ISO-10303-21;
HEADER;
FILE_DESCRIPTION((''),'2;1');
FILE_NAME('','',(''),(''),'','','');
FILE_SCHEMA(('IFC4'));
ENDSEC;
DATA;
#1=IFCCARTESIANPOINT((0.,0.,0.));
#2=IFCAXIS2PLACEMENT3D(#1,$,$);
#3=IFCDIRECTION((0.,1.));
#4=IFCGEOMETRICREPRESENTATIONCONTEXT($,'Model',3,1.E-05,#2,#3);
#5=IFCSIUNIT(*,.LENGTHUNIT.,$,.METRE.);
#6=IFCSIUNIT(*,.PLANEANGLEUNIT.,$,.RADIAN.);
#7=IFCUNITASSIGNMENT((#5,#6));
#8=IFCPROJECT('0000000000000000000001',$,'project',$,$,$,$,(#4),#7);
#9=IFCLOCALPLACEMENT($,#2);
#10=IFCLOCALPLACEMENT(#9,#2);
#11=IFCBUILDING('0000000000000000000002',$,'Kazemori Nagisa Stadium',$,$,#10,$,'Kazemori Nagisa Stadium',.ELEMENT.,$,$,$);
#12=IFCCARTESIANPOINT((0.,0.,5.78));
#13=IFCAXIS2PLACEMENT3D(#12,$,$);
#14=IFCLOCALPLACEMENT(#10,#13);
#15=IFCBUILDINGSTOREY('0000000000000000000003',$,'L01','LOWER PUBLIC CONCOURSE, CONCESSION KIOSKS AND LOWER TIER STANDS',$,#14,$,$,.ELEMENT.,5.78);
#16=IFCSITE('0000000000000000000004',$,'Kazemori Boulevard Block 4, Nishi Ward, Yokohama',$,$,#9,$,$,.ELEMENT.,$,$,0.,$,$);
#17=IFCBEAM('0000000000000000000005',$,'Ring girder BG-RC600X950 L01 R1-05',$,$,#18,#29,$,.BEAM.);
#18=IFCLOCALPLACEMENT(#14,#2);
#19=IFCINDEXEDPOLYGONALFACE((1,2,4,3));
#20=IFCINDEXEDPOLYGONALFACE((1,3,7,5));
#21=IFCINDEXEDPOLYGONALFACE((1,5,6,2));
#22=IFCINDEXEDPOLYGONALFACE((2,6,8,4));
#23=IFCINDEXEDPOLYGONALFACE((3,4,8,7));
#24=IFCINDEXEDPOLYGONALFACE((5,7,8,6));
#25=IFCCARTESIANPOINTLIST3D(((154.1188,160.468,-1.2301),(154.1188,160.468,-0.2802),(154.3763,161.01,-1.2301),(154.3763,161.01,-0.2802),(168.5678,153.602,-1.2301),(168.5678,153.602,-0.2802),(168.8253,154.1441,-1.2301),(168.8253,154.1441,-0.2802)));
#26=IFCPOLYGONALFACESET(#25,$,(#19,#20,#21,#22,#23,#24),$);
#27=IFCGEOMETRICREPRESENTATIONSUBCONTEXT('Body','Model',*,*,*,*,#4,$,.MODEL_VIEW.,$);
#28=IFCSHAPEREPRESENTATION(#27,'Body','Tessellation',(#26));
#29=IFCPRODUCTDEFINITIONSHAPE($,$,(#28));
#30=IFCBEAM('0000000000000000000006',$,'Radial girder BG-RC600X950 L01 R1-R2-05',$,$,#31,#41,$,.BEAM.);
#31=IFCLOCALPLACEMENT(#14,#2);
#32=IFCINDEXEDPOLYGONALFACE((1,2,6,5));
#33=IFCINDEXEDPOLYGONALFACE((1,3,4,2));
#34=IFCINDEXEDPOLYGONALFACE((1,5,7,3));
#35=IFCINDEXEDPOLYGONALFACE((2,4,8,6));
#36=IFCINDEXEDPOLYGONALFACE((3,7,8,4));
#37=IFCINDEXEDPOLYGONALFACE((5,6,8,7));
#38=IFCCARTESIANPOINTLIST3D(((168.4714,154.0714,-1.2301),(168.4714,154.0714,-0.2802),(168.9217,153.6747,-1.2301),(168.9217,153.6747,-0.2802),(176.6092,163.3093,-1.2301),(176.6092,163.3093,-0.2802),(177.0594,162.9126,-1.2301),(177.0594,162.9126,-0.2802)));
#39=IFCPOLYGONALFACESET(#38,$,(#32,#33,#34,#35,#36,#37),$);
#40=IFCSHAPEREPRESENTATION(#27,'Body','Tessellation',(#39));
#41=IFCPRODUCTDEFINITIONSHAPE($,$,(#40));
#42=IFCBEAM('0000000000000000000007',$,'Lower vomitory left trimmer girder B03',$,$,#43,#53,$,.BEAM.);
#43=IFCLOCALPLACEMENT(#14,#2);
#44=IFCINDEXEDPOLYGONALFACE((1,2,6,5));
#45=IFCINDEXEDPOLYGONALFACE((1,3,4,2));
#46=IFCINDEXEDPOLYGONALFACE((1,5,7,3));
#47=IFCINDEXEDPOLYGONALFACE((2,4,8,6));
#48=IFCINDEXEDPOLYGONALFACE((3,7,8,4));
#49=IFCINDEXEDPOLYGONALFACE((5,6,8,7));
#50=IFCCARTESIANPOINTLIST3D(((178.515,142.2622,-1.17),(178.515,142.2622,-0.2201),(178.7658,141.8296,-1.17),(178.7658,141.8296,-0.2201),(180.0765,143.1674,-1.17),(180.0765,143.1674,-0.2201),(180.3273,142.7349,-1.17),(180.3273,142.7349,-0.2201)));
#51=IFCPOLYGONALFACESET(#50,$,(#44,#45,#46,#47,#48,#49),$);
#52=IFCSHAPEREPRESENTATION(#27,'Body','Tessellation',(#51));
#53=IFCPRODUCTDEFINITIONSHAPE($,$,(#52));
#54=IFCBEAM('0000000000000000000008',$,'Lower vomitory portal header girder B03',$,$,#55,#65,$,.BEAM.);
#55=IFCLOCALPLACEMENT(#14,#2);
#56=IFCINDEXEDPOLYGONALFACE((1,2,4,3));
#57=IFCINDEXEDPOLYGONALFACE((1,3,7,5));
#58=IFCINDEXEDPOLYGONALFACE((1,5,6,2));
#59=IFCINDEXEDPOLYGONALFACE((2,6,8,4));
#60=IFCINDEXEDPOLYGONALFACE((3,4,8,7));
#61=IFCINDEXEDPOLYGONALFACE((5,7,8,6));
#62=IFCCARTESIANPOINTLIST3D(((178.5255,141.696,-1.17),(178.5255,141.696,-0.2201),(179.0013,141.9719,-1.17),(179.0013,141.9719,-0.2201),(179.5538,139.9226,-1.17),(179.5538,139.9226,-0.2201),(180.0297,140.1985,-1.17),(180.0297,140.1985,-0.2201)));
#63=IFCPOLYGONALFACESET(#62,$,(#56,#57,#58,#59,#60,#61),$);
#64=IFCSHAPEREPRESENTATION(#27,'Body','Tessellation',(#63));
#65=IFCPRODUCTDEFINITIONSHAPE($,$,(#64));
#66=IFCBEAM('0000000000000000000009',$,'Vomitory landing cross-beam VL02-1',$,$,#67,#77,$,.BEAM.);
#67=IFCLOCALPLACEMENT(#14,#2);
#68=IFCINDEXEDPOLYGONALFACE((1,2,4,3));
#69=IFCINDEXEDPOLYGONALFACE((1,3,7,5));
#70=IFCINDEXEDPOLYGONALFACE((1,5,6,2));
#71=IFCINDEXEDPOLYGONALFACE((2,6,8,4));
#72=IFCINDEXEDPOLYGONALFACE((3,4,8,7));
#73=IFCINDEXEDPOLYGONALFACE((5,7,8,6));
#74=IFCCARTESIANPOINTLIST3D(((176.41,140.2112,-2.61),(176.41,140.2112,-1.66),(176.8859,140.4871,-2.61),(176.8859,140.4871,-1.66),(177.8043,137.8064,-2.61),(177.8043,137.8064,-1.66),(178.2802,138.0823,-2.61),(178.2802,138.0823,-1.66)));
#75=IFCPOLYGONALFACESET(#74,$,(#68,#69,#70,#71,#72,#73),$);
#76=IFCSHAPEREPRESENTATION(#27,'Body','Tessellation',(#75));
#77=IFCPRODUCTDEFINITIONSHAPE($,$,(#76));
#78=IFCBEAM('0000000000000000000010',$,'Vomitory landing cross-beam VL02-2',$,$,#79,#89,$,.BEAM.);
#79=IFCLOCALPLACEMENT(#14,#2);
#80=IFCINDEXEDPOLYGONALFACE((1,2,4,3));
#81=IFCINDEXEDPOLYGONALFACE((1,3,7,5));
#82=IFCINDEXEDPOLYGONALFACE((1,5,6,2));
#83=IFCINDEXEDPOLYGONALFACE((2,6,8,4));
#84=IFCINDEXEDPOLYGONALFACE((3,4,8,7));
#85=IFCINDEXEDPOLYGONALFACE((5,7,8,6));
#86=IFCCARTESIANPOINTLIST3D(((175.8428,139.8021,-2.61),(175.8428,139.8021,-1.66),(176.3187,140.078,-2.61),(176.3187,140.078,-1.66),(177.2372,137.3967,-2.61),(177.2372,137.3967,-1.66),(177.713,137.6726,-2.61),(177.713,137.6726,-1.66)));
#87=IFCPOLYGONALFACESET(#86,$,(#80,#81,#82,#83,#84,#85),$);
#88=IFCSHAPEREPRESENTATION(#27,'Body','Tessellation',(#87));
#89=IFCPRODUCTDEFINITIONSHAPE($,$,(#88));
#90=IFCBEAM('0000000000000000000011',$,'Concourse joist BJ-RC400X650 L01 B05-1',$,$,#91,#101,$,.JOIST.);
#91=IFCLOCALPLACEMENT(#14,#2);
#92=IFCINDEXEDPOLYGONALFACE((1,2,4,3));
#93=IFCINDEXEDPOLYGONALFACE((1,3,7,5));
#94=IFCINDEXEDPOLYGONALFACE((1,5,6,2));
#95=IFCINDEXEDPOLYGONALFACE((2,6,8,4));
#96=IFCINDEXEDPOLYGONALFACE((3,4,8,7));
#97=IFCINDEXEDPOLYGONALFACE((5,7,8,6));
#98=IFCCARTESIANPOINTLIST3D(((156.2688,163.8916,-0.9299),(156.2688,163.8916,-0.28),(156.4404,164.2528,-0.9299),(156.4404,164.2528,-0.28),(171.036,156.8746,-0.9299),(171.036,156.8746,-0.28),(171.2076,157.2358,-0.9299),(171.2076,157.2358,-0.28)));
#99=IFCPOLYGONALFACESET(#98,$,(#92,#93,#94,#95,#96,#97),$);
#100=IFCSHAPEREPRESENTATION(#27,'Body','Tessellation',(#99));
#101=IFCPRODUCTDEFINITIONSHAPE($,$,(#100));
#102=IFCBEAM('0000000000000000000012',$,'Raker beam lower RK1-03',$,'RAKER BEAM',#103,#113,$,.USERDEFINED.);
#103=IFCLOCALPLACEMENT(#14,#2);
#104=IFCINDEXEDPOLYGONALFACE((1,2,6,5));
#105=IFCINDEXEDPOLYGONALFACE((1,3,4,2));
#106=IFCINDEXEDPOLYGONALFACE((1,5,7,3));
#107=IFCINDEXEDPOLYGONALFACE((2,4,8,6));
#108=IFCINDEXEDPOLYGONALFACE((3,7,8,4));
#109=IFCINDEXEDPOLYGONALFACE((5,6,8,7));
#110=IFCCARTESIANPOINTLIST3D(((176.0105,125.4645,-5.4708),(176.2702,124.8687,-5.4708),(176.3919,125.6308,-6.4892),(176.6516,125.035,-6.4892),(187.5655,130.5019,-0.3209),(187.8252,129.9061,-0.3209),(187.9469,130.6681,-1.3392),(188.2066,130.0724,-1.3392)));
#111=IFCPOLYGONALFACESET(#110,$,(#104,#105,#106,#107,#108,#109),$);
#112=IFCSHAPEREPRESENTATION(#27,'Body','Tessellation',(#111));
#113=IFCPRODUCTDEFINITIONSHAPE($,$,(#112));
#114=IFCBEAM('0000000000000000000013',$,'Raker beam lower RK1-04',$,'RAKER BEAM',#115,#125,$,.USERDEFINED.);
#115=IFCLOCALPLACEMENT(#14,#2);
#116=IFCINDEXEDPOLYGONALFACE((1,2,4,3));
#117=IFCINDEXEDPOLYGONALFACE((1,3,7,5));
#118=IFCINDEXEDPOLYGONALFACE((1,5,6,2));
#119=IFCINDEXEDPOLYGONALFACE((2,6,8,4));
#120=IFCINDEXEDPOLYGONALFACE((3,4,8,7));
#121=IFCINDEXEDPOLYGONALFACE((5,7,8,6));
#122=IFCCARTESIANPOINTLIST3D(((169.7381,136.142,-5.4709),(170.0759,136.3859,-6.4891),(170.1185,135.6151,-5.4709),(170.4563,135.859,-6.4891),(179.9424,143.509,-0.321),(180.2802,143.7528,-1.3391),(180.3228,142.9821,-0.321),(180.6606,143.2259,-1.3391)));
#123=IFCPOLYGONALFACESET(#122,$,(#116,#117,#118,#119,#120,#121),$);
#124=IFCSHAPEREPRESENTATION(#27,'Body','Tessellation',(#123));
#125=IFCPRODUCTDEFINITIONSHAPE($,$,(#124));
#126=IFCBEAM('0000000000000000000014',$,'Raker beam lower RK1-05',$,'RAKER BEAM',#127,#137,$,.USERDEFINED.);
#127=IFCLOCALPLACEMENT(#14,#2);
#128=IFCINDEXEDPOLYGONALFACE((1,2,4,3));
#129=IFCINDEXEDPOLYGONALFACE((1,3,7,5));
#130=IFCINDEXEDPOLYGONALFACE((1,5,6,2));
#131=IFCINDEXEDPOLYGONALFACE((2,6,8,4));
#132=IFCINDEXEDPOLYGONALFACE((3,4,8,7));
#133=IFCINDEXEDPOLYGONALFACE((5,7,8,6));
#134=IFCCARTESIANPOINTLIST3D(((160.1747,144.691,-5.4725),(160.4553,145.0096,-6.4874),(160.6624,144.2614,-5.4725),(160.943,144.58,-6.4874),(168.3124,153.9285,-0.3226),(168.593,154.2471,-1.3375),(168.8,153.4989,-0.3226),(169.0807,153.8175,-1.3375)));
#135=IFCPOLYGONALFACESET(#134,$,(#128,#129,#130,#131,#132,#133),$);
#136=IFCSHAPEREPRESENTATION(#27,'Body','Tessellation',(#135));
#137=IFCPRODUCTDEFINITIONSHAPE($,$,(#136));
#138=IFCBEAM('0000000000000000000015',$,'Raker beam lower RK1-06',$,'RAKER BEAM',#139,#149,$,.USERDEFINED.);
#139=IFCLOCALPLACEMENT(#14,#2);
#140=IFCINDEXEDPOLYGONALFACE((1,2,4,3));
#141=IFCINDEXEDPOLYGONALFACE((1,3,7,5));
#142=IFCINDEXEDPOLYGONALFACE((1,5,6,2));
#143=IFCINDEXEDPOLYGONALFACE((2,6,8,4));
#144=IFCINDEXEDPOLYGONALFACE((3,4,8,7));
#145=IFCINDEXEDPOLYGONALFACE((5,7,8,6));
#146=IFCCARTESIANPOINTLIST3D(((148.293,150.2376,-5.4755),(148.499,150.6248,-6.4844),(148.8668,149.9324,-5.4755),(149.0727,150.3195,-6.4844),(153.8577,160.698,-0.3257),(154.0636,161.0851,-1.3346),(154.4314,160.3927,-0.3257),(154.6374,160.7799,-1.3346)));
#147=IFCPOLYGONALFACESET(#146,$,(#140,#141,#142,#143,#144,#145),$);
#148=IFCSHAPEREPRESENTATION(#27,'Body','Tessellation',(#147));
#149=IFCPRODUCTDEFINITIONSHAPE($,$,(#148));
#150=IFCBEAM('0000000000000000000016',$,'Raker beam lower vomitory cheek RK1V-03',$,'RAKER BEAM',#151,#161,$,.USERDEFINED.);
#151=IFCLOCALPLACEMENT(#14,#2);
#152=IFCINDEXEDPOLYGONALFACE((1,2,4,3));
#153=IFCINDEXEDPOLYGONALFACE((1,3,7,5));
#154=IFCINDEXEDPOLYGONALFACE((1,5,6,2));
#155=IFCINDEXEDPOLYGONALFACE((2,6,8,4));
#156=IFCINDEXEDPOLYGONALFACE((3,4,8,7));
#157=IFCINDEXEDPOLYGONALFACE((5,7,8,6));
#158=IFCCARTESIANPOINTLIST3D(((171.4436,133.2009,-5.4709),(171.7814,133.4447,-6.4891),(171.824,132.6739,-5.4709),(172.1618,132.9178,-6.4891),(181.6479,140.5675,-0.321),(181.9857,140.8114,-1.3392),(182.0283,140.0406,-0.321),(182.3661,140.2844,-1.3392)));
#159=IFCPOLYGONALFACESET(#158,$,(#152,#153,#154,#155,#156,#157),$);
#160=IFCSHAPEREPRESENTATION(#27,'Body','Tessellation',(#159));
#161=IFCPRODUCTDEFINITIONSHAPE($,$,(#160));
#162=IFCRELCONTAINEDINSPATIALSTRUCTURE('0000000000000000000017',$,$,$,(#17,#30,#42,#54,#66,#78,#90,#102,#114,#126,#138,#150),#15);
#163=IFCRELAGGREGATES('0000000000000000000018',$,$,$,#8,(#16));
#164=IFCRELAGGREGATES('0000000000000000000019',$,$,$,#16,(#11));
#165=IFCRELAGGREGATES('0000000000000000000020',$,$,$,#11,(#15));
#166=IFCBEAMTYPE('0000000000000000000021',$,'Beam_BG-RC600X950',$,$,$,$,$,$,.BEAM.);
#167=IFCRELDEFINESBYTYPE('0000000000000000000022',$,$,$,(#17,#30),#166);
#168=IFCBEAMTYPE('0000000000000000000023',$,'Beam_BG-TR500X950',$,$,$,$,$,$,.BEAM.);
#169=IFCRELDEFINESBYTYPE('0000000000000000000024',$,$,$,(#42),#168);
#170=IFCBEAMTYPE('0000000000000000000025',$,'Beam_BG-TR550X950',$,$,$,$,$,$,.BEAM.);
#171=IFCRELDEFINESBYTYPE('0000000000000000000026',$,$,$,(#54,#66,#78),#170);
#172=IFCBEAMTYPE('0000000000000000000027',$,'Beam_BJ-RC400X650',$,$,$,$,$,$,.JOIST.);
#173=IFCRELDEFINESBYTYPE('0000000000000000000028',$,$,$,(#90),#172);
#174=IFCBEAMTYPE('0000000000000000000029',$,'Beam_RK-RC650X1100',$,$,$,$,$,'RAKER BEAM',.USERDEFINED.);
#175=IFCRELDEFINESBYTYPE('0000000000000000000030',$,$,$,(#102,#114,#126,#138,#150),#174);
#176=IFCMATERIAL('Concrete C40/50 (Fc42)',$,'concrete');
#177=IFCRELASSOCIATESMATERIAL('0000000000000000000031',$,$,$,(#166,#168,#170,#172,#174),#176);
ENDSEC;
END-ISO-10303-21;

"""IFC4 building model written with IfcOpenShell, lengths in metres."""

from ifc_helpers import new_model, si_unit, direction, frame, origin, origin_2d, place, context, subcontext, project, spatial, rectangle, extrude, material, material_profile, profile_set, type_object, element, save


model = new_model("IFC4")

# Units and contexts
model_context = context("Model", 3, precision=1e-05, world=origin(), true_north=direction((0.0, 1.0)))
body_context = subcontext(model_context, "Body", "Model", "MODEL_VIEW")
ifc_project = project(units=[si_unit("LENGTHUNIT", "METRE"), si_unit("PLANEANGLEUNIT", "RADIAN")], contexts=[model_context])

# Site, building, storey
site_placement = place(None, origin())
site = spatial("IfcSite", under=ifc_project, at=site_placement, Name="Kazemori Boulevard Block 4, Nishi Ward, Yokohama", CompositionType="ELEMENT", RefElevation=0.0)
building_placement = place(site_placement, origin())
building = spatial("IfcBuilding", under=site, at=building_placement, Name="Kazemori Nagisa Stadium", LongName="Kazemori Nagisa Stadium", CompositionType="ELEMENT")
storey_placement = place(building_placement, frame((0.0, 0.0, 5.78)))
storey = spatial("IfcBuildingStorey", under=building, at=storey_placement, Name="L01", Description="LOWER PUBLIC CONCOURSE, CONCESSION KIOSKS AND LOWER TIER STANDS", CompositionType="ELEMENT", Elevation=5.78)

# Shared definitions
ifc_material_1 = material(Name="Concrete C40/50 (Fc42)", Category="concrete")

# Beams
ifc_material_profile_1 = material_profile(ifc_material_1, rectangle(XDim=0.6001, YDim=0.95, at=origin_2d()), Name="RC-BM-600x950")
ifc_profile_set_1 = profile_set([ifc_material_profile_1], Name="Concrete C40/50 (Fc42)")
beam_type_1 = type_object("IfcBeamType", Name="Beam_BG-RC600X950", PredefinedType="BEAM", material=ifc_profile_set_1)
beam_1_placement = place(storey_placement, frame((168.6965, 153.873, -0.7551), z_axis=(-0.903212, 0.429195, 0.0), x_axis=(-0.429195, -0.903212, 0.0)))
element("IfcBeam", 1, at=beam_1_placement, inside=storey, type_object=beam_type_1, Name="Ring girder BG-RC600X950 L01 R1-05", PredefinedType="BEAM", context=body_context, shape_type="SweptSolid", body=[
    extrude(rectangle(XDim=0.6001, YDim=0.95, at=origin_2d()), origin(), (0.0, 0.0, 1.0), 15.9973),
])
beam_2_placement = place(storey_placement, frame((168.6965, 153.873, -0.7551), z_axis=(0.661014, 0.750374, 0.0), x_axis=(-0.750374, 0.661014, 0.0)))
element("IfcBeam", 2, at=beam_2_placement, inside=storey, type_object=beam_type_1, Name="Radial girder BG-RC600X950 L01 R1-R2-05", PredefinedType="BEAM", context=body_context, shape_type="SweptSolid", body=[
    extrude(rectangle(XDim=0.6001, YDim=0.95, at=origin_2d()), origin(), (0.0, 0.0, 1.0), 12.311),
])
ifc_material_profile_2 = material_profile(ifc_material_1, rectangle(XDim=0.5, YDim=0.95, at=origin_2d()), Name="RC-BM-500x950")
ifc_profile_set_2 = profile_set([ifc_material_profile_2], Name="Concrete C40/50 (Fc42)")
beam_type_2 = type_object("IfcBeamType", Name="Beam_BG-TR500X950", PredefinedType="BEAM", material=ifc_profile_set_2)
beam_3_placement = place(storey_placement, frame((178.6404, 142.0459, -0.6951), z_axis=(0.86513, 0.501548, 0.0), x_axis=(-0.501548, 0.86513, 0.0)))
element("IfcBeam", 3, at=beam_3_placement, inside=storey, type_object=beam_type_2, Name="Lower vomitory left trimmer girder B03", PredefinedType="BEAM", context=body_context, shape_type="SweptSolid", body=[
    extrude(rectangle(XDim=0.5, YDim=0.95, at=origin_2d()), origin(), (0.0, 0.0, 1.0), 1.8049),
])
ifc_material_profile_3 = material_profile(ifc_material_1, rectangle(XDim=0.55, YDim=0.95, at=origin_2d()), Name="RC-BM-550x950")
ifc_profile_set_3 = profile_set([ifc_material_profile_3], Name="Concrete C40/50 (Fc42)")
beam_type_3 = type_object("IfcBeamType", Name="Beam_BG-TR550X950", PredefinedType="BEAM", material=ifc_profile_set_3)
beam_4_placement = place(storey_placement, frame((178.7634, 141.834, -0.6951), z_axis=(0.501618, -0.865089, 0.0), x_axis=(0.865089, 0.501618, 0.0)))
element("IfcBeam", 4, at=beam_4_placement, inside=storey, type_object=beam_type_3, Name="Lower vomitory portal header girder B03", PredefinedType="BEAM", context=body_context, shape_type="SweptSolid", body=[
    extrude(rectangle(XDim=0.55, YDim=0.95, at=origin_2d()), origin(), (0.0, 0.0, 1.0), 2.05),
])
beam_5_placement = place(storey_placement, frame((178.0422, 137.9443, -2.135), z_axis=(-0.501587, 0.865107, 0.0), x_axis=(-0.865107, -0.501587, 0.0)))
element("IfcBeam", 5, at=beam_5_placement, inside=storey, type_object=beam_type_3, Name="Vomitory landing cross-beam VL02-1", PredefinedType="BEAM", context=body_context, shape_type="SweptSolid", body=[
    extrude(rectangle(XDim=0.55, YDim=0.95, at=origin_2d()), origin(), (0.0, 0.0, 1.0), 2.7798),
])
beam_6_placement = place(storey_placement, frame((177.4751, 137.5347, -2.135), z_axis=(-0.50151, 0.865152, 0.0), x_axis=(-0.865152, -0.50151, 0.0)))
element("IfcBeam", 6, at=beam_6_placement, inside=storey, type_object=beam_type_3, Name="Vomitory landing cross-beam VL02-2", PredefinedType="BEAM", context=body_context, shape_type="SweptSolid", body=[
    extrude(rectangle(XDim=0.55, YDim=0.95, at=origin_2d()), origin(), (0.0, 0.0, 1.0), 2.7803),
])
ifc_material_profile_4 = material_profile(ifc_material_1, rectangle(XDim=0.3999, YDim=0.6499, at=origin_2d()), Name="RC-BM-400x650")
ifc_profile_set_4 = profile_set([ifc_material_profile_4], Name="Concrete C40/50 (Fc42)")
beam_type_4 = type_object("IfcBeamType", Name="Beam_BJ-RC400X650", PredefinedType="JOIST", material=ifc_profile_set_4)
beam_7_placement = place(storey_placement, frame((171.1218, 157.0552, -0.605), z_axis=(-0.903216, 0.429187, 0.0), x_axis=(-0.429187, -0.903216, 0.0)))
element("IfcBeam", 7, at=beam_7_placement, inside=storey, type_object=beam_type_4, Name="Concourse joist BJ-RC400X650 L01 B05-1", PredefinedType="JOIST", context=body_context, shape_type="SweptSolid", body=[
    extrude(rectangle(XDim=0.3999, YDim=0.6499, at=origin_2d()), origin(), (0.0, 0.0, 1.0), 16.3496),
])
ifc_material_profile_5 = material_profile(ifc_material_1, rectangle(XDim=0.6499, YDim=1.1001, at=origin_2d()), Name="RC-RK-650x1100")
ifc_profile_set_5 = profile_set([ifc_material_profile_5], Name="Concrete C40/50 (Fc42)")
beam_type_5 = type_object("IfcBeamType", Name="Beam_RK-RC650X1100", ElementType="RAKER BEAM", PredefinedType="USERDEFINED", material=ifc_profile_set_5)
beam_8_placement = place(storey_placement, frame((176.3311, 125.2498, -5.98), z_axis=(0.848589, 0.369941, 0.378207), x_axis=(-0.399625, 0.916679, 0.0)))
element("IfcBeam", 8, at=beam_8_placement, inside=storey, type_object=beam_type_5, Name="Raker beam lower RK1-03", ObjectType="RAKER BEAM", PredefinedType="USERDEFINED", context=body_context, shape_type="SweptSolid", body=[
    extrude(rectangle(XDim=0.6499, YDim=1.1001, at=origin_2d()), origin(), (0.0, 0.0, 1.0), 13.6167),
])
beam_9_placement = place(storey_placement, frame((170.0972, 136.0005, -5.98), z_axis=(0.750397, 0.541743, 0.378708), x_axis=(-0.585341, 0.810787, 0.0)))
element("IfcBeam", 9, at=beam_9_placement, inside=storey, type_object=beam_type_5, Name="Raker beam lower RK1-04", ObjectType="RAKER BEAM", PredefinedType="USERDEFINED", context=body_context, shape_type="SweptSolid", body=[
    extrude(rectangle(XDim=0.6499, YDim=1.1001, at=origin_2d()), origin(), (0.0, 0.0, 1.0), 13.5986),
])
beam_10_placement = place(storey_placement, frame((160.5588, 144.6355, -5.98), z_axis=(0.609816, 0.692236, 0.385919), x_axis=(-0.750365, 0.661024, 0.0)))
element("IfcBeam", 10, at=beam_10_placement, inside=storey, type_object=beam_type_5, Name="Raker beam lower RK1-05", ObjectType="RAKER BEAM", PredefinedType="USERDEFINED", context=body_context, shape_type="SweptSolid", body=[
    extrude(rectangle(XDim=0.6499, YDim=1.1001, at=origin_2d()), origin(), (0.0, 0.0, 1.0), 13.3445),
])
beam_11_placement = place(storey_placement, frame((148.6829, 150.2786, -5.98), z_axis=(0.430727, 0.809676, 0.398621), x_axis=(-0.88285, 0.469654, 0.0)))
element("IfcBeam", 11, at=beam_11_placement, inside=storey, type_object=beam_type_5, Name="Raker beam lower RK1-06", ObjectType="RAKER BEAM", PredefinedType="USERDEFINED", context=body_context, shape_type="SweptSolid", body=[
    extrude(rectangle(XDim=0.6499, YDim=1.1001, at=origin_2d()), origin(), (0.0, 0.0, 1.0), 12.9192),
])
beam_12_placement = place(storey_placement, frame((171.8027, 133.0593, -5.98), z_axis=(0.750404, 0.54173, 0.378712), x_axis=(-0.585328, 0.810796, 0.0)))
element("IfcBeam", 12, at=beam_12_placement, inside=storey, type_object=beam_type_5, Name="Raker beam lower vomitory cheek RK1V-03", ObjectType="RAKER BEAM", PredefinedType="USERDEFINED", context=body_context, shape_type="SweptSolid", body=[
    extrude(rectangle(XDim=0.6499, YDim=1.1001, at=origin_2d()), origin(), (0.0, 0.0, 1.0), 13.5984),
])

save(model, "model.ifc")
